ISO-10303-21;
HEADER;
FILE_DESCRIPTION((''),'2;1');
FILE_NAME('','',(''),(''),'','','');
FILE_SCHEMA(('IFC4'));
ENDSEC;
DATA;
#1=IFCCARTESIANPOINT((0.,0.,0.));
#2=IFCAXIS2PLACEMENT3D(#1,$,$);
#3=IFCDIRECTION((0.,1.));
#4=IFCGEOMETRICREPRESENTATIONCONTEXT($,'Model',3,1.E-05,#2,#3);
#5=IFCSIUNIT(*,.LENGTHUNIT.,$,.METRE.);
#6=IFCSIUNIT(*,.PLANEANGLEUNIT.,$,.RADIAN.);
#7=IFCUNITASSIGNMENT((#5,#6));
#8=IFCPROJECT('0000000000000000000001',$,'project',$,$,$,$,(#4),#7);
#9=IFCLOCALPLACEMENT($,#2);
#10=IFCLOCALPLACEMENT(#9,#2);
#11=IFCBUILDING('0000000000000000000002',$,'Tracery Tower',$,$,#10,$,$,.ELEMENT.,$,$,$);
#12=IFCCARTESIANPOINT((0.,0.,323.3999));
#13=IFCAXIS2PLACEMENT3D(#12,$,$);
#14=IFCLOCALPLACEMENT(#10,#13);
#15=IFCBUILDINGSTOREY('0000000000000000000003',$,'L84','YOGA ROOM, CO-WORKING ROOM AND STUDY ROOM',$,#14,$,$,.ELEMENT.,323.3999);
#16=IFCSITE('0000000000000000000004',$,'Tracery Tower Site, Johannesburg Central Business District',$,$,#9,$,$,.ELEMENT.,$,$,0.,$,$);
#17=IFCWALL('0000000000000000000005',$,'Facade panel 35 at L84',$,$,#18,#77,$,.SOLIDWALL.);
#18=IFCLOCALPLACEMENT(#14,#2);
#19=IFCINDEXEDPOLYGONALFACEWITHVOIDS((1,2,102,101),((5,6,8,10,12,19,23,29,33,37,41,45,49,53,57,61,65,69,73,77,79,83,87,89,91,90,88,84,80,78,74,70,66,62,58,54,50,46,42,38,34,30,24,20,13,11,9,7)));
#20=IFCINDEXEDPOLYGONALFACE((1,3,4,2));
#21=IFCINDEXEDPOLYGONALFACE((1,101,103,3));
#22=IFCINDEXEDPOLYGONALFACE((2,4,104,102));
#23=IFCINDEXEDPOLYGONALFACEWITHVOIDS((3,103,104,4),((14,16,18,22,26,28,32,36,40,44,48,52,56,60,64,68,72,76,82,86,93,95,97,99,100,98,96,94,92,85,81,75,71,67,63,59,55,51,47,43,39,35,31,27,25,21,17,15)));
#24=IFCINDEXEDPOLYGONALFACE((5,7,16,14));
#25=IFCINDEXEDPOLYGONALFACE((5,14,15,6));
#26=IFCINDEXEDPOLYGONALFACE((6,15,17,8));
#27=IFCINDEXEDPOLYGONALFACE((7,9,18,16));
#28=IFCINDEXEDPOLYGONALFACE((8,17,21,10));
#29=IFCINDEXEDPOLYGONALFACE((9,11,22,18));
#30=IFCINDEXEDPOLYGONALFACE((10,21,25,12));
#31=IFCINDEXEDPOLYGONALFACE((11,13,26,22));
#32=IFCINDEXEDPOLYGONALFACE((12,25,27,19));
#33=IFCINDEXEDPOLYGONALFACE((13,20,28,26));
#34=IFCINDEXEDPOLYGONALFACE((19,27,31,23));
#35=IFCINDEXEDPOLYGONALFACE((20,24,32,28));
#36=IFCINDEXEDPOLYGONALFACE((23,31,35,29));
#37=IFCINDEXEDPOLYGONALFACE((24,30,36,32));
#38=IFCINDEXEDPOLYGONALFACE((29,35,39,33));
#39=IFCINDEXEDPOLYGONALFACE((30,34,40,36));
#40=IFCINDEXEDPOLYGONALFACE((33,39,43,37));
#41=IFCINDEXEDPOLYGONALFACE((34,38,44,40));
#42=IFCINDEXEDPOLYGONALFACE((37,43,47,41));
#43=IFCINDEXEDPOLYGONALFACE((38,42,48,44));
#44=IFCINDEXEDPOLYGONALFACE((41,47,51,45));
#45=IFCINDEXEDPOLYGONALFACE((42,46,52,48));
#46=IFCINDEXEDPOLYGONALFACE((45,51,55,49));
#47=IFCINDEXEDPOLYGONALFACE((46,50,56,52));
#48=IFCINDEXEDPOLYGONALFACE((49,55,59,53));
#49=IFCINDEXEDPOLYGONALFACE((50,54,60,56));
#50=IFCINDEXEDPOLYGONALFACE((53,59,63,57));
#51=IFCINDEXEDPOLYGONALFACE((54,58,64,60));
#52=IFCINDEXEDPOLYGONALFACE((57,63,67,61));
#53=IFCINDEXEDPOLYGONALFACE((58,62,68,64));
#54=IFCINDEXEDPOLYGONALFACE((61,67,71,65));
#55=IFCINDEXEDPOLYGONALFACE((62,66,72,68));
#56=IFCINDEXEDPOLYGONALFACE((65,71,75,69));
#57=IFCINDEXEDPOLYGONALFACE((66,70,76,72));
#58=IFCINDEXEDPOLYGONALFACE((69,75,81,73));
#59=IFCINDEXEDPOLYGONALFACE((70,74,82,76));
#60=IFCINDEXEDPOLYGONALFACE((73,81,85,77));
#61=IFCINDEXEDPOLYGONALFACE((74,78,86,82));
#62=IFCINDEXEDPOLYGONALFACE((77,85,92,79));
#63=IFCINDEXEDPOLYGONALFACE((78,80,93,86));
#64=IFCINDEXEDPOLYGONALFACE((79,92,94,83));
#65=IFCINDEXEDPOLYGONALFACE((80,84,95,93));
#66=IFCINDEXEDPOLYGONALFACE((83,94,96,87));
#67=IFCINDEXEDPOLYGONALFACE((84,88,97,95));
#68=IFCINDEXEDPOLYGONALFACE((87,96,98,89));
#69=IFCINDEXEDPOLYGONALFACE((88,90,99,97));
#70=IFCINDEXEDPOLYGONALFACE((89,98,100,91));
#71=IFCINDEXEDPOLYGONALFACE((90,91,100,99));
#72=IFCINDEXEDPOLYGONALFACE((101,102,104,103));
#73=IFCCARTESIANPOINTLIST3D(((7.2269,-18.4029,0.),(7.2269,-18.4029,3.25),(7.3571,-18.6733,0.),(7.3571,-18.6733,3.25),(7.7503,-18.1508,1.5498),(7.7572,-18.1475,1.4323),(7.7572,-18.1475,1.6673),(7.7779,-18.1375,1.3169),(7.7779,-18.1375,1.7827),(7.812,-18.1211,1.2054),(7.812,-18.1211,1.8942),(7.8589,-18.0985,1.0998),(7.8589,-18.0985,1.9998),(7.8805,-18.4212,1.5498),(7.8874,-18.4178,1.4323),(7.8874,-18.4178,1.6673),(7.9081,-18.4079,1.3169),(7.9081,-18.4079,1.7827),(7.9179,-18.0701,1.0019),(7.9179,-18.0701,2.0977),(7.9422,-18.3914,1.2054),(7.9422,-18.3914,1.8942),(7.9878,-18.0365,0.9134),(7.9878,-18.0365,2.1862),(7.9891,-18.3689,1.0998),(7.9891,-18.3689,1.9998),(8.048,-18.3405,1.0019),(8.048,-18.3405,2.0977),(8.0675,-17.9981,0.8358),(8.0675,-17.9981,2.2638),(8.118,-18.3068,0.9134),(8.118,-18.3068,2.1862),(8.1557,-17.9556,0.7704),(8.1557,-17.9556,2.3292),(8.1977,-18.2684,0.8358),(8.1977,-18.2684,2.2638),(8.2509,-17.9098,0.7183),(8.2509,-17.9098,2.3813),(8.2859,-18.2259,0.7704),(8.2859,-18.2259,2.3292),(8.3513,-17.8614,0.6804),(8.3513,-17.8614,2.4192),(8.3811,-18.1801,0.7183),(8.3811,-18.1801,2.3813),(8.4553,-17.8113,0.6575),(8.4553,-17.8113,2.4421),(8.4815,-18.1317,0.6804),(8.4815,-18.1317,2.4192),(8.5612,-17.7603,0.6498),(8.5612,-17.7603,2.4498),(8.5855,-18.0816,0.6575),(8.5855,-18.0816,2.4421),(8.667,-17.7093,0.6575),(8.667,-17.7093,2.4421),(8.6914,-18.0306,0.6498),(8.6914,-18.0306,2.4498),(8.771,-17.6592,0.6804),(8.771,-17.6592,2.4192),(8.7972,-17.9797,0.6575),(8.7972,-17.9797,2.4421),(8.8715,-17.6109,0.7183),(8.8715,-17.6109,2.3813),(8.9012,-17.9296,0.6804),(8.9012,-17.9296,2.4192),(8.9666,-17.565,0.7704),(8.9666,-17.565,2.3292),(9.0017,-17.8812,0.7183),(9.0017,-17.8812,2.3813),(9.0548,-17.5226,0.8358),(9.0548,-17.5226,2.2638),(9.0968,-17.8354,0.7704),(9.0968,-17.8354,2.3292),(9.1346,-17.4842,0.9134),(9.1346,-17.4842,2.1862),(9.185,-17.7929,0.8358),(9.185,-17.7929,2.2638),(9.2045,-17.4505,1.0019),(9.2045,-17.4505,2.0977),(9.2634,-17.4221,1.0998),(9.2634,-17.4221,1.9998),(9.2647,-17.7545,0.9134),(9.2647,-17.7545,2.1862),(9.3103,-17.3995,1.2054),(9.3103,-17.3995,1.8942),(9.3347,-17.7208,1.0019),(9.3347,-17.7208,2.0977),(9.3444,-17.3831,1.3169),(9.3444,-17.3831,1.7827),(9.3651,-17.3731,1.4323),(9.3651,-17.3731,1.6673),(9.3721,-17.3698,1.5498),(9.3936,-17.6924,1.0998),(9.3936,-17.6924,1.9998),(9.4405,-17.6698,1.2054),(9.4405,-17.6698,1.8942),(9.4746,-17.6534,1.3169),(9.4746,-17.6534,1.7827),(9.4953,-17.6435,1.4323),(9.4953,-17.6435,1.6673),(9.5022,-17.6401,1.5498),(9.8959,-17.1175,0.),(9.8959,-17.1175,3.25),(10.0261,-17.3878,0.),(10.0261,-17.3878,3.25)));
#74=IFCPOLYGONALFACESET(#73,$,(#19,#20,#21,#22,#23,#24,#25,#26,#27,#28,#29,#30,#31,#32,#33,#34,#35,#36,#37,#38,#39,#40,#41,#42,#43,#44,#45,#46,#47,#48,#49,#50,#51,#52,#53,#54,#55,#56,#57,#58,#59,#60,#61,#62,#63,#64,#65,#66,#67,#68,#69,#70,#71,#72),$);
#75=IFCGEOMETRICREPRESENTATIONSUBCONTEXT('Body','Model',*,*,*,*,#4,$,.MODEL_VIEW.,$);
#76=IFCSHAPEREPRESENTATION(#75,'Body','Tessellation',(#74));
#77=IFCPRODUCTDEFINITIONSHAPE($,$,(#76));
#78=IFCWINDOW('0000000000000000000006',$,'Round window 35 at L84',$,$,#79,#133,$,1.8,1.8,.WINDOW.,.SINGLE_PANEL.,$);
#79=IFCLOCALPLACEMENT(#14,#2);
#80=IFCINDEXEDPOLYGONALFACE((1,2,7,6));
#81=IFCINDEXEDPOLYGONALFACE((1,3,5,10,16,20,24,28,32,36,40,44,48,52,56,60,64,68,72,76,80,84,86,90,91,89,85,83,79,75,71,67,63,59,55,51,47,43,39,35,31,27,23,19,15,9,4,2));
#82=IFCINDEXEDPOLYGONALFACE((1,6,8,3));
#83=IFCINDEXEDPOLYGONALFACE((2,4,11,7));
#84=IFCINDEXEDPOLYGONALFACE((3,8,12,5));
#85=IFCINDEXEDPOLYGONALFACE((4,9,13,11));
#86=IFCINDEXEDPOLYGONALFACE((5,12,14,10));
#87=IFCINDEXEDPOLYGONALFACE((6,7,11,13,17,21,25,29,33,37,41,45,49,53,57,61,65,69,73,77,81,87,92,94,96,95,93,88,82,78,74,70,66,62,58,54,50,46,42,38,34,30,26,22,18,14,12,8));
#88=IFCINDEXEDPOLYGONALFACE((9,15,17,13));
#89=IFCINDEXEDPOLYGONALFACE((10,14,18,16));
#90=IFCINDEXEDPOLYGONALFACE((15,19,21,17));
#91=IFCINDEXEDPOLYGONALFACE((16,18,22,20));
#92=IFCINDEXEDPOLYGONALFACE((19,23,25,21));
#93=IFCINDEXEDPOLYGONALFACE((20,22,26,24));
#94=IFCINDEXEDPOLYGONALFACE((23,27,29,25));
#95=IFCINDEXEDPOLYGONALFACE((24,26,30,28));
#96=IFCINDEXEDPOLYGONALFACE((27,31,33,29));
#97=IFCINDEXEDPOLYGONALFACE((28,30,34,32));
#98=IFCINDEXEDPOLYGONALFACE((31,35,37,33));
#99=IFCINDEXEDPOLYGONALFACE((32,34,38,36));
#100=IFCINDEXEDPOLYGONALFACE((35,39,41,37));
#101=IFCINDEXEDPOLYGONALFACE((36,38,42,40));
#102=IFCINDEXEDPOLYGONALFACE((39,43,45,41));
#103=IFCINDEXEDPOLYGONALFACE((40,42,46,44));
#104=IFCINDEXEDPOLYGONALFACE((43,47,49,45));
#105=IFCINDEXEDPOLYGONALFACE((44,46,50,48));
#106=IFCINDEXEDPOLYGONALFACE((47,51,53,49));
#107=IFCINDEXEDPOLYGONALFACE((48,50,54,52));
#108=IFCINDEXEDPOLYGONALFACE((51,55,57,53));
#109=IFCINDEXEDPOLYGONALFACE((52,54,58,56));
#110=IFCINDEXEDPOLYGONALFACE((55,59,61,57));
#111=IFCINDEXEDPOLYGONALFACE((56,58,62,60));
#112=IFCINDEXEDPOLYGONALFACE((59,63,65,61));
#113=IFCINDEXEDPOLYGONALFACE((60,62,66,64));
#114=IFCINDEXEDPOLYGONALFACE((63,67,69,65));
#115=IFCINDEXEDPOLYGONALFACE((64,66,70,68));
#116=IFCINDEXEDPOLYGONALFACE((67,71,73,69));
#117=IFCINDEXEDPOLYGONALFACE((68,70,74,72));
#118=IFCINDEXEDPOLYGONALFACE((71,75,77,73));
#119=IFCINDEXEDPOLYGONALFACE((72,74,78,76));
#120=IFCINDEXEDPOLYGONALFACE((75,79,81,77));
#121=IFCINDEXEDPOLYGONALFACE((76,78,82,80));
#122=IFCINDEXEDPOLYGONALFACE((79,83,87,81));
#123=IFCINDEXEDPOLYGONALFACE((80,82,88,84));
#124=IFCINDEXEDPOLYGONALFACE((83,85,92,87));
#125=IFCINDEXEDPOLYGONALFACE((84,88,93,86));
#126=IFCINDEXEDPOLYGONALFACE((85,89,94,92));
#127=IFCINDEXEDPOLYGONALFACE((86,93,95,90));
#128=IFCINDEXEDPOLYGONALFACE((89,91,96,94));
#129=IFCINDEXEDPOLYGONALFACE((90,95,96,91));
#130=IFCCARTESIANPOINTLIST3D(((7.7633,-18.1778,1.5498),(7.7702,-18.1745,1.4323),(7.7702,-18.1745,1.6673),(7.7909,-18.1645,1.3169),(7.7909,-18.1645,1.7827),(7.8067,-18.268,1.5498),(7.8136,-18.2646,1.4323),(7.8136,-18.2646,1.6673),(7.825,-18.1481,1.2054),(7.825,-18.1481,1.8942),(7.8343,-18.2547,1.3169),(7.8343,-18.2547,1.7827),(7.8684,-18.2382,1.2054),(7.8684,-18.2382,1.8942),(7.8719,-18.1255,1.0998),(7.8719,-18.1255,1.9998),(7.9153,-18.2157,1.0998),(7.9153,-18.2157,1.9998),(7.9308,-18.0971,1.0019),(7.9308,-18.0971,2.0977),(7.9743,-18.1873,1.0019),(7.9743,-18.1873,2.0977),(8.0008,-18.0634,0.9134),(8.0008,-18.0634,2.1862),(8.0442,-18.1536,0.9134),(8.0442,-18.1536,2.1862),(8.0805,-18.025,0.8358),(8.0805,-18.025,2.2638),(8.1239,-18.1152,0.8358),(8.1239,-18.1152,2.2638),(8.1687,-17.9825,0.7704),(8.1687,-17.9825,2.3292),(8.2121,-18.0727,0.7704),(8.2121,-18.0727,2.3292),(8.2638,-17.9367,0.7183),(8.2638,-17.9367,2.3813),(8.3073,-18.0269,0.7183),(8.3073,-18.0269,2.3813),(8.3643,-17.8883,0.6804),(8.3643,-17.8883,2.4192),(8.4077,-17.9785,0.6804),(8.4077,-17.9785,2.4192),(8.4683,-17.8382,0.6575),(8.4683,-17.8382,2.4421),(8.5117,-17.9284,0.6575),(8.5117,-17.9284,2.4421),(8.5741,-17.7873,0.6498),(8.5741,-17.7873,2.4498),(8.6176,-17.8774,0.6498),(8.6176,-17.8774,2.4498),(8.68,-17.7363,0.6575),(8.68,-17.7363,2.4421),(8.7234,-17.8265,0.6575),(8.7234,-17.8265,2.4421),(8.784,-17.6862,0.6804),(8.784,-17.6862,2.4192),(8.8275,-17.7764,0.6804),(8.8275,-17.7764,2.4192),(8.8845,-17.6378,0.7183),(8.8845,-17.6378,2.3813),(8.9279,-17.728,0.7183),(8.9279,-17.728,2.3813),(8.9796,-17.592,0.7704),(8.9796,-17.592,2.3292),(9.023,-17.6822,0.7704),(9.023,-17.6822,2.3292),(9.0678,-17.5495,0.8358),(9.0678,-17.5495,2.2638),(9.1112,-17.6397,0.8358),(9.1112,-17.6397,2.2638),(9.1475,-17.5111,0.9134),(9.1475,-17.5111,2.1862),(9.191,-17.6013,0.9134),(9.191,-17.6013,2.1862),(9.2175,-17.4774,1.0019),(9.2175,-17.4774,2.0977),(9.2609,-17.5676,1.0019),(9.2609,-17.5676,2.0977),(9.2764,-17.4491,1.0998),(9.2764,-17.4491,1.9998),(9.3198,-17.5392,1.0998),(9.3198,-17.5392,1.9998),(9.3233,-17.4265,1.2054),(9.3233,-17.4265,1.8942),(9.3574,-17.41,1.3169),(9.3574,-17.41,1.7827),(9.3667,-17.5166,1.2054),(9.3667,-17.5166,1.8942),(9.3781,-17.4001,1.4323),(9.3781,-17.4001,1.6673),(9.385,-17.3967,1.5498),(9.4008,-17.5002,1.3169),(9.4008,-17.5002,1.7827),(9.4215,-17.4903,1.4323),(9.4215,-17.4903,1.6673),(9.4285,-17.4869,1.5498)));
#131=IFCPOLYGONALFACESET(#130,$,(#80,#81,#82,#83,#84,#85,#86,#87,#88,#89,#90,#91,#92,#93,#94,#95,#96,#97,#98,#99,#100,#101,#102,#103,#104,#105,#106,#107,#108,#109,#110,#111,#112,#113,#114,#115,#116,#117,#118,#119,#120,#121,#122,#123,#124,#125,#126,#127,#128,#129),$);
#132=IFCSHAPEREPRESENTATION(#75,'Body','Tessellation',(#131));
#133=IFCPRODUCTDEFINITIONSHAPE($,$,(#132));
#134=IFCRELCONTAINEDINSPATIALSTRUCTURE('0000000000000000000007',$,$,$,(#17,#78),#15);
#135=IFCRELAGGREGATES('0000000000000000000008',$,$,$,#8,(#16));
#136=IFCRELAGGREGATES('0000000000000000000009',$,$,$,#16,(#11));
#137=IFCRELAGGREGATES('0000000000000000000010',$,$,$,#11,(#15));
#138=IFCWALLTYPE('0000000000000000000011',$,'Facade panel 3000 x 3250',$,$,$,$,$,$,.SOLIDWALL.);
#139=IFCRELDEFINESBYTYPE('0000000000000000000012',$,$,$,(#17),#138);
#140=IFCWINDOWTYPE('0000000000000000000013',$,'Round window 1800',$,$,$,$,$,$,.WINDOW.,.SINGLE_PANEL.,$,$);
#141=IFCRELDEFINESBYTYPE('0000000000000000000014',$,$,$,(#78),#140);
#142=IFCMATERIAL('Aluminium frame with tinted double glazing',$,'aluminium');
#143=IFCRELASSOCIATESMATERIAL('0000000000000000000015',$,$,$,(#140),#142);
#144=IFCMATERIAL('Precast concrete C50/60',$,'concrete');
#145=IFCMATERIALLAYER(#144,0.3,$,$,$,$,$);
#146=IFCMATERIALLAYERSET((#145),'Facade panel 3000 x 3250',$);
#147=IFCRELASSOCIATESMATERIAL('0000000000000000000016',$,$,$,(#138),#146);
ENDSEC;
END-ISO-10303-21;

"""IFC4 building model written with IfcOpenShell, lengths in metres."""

from ifc_helpers import new_model, si_unit, direction, frame, frame_2d, origin, origin_2d, place, context, subcontext, project, spatial, rectangle, circle, extrude, material, layer, layer_set, type_object, element, fill, save


model = new_model("IFC4")

# Units and contexts
model_context = context("Model", 3, precision=1e-05, world=origin(), true_north=direction((0.0, 1.0)))
body_context = subcontext(model_context, "Body", "Model", "MODEL_VIEW")
ifc_project = project(units=[si_unit("LENGTHUNIT", "METRE"), si_unit("PLANEANGLEUNIT", "RADIAN")], contexts=[model_context])

# Site, building, storey
site_placement = place(None, origin())
site = spatial("IfcSite", under=ifc_project, at=site_placement, Name="Tracery Tower Site, Johannesburg Central Business District", CompositionType="ELEMENT", RefElevation=0.0)
building_placement = place(site_placement, origin())
building = spatial("IfcBuilding", under=site, at=building_placement, Name="Tracery Tower", CompositionType="ELEMENT")
storey_placement = place(building_placement, frame((0.0, 0.0, 323.3999)))
storey = spatial("IfcBuildingStorey", under=building, at=storey_placement, Name="L84", Description="YOGA ROOM, CO-WORKING ROOM AND STUDY ROOM", CompositionType="ELEMENT", Elevation=323.3999)

# Wall, opening, window
ifc_material_1 = material(Name="Aluminium frame with tinted double glazing", Category="aluminium")
window_type = type_object("IfcWindowType", Name="Round window 1800", PartitioningType="SINGLE_PANEL", PredefinedType="WINDOW", material=ifc_material_1)
ifc_material_2 = material(Name="Precast concrete C50/60", Category="concrete")
ifc_layer_1 = layer(ifc_material_2, 0.3)
ifc_layer_set_1 = layer_set([ifc_layer_1], Name="Facade panel 3000 x 3250")
wall_type_1 = type_object("IfcWallType", Name="Facade panel 3000 x 3250", PredefinedType="SOLIDWALL", material=ifc_layer_set_1)
wall_1_placement = place(storey_placement, frame((7.292, -18.5381, 0.0), z_axis=(0.0, 0.0, 1.0), x_axis=(0.900955, 0.433912, 0.0)))
wall_1 = element("IfcWall", 1, at=wall_1_placement, inside=storey, type_object=wall_type_1, Name="Facade panel 35 at L84", PredefinedType="SOLIDWALL", context=body_context, shape_type="SweptSolid", body=[
    extrude(rectangle(XDim=2.9624, YDim=0.3, at=frame_2d((1.4812, 0.0))), origin(), (0.0, 0.0, 1.0), 3.25),
])
opening_1_placement = place(wall_1_placement, frame((1.481, 0.0, 1.5498)))
opening_1 = element("IfcOpeningElement", 2, at=opening_1_placement, cuts=wall_1, PredefinedType="OPENING", context=body_context, shape_type="SweptSolid", body=[
    extrude(circle(Radius=0.9, at=origin_2d()), frame((0.0, 0.1599, 0.0), z_axis=(0.0, -1.0, 0.0), x_axis=(1.0, 0.0, 0.0)), (0.0, 0.0, 1.0), 0.3201),
])
window_1_placement = place(opening_1_placement, origin())
window_1 = element("IfcWindow", 3, at=window_1_placement, inside=storey, type_object=window_type, Name="Round window 35 at L84", OverallHeight=1.8, OverallWidth=1.8, PartitioningType="SINGLE_PANEL", PredefinedType="WINDOW", context=body_context, shape_type="SweptSolid", body=[
    extrude(circle(Radius=0.9, at=origin_2d()), frame((0.0, 0.1201, 0.0), z_axis=(0.0, -1.0, 0.0), x_axis=(1.0, 0.0, 0.0)), (0.0, 0.0, 1.0), 0.1001),
])
fill(opening_1, window_1)

save(model, "model.ifc")
